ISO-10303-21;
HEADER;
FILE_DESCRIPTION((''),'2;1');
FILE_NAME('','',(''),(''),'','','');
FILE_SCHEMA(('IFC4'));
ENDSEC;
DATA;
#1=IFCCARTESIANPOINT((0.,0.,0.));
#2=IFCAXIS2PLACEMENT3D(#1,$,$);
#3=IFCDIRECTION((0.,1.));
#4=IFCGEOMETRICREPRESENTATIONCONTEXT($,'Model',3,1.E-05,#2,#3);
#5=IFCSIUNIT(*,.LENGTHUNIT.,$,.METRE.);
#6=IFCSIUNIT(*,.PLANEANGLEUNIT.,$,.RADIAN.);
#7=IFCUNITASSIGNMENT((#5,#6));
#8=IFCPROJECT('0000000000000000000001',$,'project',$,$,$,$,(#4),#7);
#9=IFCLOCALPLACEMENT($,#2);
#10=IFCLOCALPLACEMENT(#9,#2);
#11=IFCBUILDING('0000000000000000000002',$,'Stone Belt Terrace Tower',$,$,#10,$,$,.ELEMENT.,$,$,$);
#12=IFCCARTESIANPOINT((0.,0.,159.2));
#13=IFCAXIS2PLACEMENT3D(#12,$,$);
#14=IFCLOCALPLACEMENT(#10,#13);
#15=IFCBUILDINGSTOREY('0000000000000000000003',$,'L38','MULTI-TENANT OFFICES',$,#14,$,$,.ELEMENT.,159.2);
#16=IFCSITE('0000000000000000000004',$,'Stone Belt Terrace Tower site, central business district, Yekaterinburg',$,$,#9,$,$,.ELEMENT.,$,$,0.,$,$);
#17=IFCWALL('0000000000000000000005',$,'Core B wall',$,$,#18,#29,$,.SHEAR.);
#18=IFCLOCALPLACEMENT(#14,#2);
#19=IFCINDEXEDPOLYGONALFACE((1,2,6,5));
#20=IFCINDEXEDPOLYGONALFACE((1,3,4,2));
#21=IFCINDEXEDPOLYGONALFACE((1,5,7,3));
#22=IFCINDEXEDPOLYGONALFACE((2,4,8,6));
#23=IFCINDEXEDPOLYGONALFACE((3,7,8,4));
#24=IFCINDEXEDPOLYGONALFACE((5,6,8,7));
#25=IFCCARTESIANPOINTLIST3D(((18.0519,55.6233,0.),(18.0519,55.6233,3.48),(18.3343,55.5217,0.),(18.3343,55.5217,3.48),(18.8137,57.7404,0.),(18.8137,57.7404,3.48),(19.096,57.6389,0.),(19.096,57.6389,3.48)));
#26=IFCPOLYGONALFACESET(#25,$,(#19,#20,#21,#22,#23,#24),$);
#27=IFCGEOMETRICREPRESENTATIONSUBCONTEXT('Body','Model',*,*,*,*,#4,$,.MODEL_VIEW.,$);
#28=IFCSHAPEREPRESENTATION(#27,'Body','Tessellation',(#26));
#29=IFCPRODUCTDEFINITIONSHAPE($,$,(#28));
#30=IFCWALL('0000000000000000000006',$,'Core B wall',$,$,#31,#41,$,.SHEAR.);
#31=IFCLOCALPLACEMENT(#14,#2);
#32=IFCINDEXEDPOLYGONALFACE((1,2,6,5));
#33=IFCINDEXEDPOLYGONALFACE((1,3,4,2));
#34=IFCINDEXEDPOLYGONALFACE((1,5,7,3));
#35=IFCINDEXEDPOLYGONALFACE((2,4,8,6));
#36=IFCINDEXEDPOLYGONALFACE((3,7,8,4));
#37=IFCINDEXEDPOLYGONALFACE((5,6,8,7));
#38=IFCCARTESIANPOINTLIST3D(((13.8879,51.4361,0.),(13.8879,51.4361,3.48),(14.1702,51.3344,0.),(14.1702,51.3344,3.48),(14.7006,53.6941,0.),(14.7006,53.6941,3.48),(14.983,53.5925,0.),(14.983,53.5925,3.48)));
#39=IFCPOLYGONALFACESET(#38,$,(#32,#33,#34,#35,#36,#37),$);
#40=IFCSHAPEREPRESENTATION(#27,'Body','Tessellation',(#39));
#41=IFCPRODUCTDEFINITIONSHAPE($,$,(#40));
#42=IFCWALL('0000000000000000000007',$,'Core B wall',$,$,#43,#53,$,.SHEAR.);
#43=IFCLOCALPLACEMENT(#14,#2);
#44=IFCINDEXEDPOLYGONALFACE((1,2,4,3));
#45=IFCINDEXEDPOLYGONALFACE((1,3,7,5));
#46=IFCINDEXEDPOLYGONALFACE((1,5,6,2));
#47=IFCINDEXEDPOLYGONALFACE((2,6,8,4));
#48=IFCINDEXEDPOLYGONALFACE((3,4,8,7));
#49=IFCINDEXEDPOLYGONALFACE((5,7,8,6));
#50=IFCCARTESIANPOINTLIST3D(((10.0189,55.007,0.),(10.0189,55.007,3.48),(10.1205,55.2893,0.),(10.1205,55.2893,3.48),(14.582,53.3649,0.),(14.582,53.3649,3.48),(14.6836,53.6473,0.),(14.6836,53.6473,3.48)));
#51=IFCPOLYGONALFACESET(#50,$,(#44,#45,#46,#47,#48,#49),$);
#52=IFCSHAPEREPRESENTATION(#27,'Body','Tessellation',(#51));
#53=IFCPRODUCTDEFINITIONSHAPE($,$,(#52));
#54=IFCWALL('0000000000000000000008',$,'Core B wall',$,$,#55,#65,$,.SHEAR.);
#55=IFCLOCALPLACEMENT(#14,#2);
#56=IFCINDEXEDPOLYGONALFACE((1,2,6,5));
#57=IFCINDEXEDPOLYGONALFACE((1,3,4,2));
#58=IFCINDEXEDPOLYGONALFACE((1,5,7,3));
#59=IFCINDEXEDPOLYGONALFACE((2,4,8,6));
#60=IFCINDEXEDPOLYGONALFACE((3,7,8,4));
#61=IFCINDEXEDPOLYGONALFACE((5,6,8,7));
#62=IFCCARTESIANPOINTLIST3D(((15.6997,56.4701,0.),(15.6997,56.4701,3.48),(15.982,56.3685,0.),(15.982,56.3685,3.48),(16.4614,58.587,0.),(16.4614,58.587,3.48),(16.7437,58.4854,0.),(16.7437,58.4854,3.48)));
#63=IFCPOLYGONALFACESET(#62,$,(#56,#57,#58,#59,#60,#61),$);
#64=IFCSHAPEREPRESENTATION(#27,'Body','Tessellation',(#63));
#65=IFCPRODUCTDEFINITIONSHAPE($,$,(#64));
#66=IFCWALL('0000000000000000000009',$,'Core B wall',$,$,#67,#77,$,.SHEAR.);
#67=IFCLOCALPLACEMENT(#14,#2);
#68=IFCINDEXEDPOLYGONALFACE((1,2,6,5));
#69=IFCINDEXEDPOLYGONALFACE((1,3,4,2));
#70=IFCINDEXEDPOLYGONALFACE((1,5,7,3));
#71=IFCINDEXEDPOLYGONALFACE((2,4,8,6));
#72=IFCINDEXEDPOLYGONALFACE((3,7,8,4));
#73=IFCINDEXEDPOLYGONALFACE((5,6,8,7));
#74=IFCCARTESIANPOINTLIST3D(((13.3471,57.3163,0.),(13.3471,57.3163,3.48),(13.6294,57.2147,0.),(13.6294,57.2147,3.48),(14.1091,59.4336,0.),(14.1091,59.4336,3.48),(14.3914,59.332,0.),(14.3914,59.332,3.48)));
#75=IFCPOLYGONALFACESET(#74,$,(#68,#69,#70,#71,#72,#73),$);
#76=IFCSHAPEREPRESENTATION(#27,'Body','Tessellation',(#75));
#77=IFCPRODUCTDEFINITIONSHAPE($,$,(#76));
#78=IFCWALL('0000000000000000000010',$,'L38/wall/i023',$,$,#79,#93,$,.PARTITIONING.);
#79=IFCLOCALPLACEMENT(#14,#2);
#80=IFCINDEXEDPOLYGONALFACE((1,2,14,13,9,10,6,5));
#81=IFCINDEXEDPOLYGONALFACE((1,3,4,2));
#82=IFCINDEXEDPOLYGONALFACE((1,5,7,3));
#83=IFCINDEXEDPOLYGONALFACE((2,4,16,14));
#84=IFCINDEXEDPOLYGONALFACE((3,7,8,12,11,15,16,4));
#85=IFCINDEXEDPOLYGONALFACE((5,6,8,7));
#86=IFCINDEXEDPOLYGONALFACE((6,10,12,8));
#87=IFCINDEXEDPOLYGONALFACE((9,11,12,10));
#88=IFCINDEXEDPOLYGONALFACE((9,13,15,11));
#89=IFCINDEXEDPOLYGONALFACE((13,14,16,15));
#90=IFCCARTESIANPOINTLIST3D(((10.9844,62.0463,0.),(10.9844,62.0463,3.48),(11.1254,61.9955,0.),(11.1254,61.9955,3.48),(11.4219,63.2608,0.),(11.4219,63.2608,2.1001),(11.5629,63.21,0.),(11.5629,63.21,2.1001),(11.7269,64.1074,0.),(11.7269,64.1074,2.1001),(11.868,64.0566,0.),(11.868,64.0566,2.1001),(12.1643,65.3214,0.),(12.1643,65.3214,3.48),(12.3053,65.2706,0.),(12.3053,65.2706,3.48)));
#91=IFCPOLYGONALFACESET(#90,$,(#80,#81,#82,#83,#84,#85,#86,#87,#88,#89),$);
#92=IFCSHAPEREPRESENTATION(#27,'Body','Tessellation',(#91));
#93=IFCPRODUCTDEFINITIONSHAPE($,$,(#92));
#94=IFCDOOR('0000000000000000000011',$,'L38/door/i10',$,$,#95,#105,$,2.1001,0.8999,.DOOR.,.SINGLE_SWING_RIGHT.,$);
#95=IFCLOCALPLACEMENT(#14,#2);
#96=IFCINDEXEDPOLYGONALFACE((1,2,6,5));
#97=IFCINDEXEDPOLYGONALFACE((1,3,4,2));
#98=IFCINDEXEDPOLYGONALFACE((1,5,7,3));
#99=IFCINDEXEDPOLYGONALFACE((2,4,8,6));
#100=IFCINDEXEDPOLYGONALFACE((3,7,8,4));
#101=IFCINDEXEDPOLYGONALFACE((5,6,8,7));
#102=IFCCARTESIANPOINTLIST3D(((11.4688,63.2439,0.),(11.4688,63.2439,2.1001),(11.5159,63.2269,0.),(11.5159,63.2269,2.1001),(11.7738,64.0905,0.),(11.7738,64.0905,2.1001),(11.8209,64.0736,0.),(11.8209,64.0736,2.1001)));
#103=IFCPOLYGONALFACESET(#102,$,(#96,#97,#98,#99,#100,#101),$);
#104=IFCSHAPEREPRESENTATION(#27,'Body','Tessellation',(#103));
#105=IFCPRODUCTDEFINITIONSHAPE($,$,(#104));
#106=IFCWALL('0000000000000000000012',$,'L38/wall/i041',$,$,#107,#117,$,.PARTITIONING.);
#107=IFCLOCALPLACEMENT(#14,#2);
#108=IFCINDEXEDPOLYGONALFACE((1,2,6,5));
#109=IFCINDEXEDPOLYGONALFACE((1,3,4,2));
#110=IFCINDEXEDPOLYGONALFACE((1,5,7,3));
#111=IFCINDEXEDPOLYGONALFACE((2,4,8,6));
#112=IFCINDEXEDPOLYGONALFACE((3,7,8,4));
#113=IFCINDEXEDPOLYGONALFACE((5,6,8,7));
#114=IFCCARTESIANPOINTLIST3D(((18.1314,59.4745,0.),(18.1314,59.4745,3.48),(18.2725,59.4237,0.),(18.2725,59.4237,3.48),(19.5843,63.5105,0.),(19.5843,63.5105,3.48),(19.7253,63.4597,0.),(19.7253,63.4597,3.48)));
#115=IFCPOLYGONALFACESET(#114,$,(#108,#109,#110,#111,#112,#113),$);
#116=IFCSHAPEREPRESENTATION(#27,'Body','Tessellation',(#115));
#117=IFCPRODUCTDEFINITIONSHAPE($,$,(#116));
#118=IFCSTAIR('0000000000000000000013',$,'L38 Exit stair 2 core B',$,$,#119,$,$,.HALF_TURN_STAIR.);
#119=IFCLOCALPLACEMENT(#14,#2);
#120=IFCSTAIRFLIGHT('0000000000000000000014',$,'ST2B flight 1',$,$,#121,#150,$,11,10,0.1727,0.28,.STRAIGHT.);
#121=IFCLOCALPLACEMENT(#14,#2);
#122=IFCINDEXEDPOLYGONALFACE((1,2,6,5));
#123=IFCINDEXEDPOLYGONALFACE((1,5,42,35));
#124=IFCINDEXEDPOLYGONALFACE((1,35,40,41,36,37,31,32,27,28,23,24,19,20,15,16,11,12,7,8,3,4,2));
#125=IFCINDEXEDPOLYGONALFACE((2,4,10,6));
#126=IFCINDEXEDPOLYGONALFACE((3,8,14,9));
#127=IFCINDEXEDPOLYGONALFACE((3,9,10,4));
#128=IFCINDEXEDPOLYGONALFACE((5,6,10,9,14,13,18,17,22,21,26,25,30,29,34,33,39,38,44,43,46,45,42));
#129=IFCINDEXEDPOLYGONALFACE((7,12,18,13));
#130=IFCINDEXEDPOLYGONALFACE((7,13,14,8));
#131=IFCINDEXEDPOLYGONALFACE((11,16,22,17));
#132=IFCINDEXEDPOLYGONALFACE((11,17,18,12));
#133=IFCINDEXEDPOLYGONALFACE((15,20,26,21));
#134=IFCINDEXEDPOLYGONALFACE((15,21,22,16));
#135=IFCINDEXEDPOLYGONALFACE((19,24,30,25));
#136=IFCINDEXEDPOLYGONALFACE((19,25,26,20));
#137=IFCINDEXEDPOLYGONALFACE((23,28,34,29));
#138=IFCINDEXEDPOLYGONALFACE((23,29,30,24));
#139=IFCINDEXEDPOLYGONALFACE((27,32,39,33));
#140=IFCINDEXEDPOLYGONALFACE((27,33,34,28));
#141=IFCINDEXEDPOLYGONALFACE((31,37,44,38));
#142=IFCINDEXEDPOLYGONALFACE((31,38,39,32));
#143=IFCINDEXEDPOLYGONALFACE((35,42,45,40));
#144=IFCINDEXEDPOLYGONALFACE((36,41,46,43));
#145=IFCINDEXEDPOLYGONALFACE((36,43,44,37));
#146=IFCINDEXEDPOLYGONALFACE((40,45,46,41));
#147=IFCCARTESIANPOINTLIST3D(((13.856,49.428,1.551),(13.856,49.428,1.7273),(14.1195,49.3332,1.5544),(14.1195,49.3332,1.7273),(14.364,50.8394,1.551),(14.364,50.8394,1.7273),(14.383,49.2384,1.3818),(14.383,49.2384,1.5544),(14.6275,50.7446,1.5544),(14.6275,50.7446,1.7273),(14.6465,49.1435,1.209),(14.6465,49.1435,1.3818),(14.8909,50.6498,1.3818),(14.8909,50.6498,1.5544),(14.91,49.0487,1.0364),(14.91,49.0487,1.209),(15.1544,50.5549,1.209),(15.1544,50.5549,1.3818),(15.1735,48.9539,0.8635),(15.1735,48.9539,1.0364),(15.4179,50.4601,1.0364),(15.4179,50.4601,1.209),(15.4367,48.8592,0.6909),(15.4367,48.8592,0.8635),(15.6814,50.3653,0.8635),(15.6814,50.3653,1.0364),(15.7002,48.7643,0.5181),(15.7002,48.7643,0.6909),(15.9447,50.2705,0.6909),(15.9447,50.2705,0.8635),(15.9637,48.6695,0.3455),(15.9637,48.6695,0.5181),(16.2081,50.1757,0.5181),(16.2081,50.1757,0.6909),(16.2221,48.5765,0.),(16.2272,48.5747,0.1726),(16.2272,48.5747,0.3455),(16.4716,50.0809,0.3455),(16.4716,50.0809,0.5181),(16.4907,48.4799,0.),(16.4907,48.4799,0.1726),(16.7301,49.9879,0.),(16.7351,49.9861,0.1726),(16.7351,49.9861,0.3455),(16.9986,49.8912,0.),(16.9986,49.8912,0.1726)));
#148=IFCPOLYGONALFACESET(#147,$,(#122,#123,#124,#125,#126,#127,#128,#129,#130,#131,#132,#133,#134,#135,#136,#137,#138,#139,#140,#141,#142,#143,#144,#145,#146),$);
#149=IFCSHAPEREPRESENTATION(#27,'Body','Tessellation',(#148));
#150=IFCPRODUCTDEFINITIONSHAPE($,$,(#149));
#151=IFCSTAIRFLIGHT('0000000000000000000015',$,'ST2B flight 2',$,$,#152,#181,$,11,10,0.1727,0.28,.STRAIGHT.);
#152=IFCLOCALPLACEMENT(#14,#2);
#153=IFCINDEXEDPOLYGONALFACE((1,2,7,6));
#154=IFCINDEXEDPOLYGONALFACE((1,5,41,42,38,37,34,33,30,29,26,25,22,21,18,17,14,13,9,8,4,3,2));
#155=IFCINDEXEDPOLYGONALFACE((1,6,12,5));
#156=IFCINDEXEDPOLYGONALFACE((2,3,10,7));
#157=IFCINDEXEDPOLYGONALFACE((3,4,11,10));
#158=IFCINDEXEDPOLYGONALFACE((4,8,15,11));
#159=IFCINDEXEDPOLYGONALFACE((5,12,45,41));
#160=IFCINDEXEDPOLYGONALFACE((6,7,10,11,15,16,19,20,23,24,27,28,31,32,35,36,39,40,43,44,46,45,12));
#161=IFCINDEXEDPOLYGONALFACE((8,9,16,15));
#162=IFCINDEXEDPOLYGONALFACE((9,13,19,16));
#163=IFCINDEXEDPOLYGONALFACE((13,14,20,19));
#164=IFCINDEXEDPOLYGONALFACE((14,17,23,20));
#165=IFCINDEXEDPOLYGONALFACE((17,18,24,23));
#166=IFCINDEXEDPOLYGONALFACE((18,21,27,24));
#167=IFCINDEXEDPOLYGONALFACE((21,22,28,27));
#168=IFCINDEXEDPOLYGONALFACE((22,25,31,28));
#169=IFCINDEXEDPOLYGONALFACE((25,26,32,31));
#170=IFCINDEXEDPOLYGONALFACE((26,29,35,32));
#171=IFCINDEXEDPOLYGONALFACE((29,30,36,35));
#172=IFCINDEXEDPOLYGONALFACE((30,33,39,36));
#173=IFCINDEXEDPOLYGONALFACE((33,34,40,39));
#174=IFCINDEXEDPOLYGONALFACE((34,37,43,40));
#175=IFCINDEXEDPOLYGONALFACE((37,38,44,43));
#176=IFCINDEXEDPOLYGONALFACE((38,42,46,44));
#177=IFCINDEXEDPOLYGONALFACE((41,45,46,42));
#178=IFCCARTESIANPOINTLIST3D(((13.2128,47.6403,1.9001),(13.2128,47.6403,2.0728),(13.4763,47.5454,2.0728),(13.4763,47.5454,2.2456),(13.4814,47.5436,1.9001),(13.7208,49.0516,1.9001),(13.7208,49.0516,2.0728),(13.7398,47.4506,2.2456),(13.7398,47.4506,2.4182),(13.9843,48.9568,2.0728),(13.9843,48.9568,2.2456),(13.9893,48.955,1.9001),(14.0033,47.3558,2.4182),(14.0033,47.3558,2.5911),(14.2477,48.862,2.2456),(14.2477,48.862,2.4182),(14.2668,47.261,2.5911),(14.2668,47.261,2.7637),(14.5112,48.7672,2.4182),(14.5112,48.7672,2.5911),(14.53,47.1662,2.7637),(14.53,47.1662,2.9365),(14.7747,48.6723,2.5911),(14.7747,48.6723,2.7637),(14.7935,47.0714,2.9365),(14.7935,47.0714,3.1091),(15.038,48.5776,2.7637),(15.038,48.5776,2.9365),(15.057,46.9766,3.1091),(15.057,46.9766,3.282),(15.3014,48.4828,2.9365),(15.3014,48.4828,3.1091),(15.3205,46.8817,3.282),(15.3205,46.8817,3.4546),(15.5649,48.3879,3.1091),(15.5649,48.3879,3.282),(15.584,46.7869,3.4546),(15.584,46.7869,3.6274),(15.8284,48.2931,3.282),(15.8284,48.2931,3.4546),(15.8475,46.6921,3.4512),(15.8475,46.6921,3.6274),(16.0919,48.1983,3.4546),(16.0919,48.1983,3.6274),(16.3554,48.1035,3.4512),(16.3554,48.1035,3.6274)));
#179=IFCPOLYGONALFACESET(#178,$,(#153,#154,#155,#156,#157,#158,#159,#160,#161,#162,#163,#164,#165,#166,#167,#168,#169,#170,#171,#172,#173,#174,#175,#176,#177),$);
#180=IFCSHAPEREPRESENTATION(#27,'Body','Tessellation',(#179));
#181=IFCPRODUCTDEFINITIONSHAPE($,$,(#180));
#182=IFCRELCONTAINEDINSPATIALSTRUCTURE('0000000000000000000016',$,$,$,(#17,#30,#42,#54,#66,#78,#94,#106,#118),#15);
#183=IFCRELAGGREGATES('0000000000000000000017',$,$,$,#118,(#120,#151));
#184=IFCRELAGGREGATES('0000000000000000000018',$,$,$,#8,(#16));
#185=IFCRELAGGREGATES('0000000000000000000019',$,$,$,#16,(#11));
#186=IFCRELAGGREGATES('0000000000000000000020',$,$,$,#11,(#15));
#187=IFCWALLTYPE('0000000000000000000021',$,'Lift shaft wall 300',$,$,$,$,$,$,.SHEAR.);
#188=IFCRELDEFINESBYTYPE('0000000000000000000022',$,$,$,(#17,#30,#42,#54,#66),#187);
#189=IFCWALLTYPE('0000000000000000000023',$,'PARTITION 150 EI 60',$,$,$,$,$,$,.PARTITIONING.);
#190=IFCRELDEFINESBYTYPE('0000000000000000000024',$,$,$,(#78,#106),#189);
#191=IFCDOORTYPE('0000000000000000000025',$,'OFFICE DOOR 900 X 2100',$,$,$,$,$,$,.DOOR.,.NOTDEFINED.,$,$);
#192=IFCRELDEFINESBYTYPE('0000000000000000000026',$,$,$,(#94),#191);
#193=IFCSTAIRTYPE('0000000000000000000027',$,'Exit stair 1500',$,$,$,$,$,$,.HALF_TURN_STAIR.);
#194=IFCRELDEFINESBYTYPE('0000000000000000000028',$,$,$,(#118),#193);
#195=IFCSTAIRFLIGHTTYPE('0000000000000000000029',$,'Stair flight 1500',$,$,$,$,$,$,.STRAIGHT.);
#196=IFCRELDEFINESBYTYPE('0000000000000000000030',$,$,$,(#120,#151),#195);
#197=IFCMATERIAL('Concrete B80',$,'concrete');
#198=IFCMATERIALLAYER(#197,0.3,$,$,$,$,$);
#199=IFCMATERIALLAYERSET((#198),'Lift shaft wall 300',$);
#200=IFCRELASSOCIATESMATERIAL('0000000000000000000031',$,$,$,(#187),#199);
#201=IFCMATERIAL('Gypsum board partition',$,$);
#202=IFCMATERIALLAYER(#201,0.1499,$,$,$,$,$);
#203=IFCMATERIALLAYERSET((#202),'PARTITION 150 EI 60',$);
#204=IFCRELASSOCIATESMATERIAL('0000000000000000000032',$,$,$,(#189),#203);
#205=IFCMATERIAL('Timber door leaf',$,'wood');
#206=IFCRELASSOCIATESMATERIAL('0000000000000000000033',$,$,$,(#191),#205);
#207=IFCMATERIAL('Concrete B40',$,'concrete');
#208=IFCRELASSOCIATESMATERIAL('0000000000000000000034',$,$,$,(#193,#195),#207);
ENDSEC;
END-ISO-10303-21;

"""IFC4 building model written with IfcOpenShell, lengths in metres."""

from ifc_helpers import new_model, si_unit, direction, frame, frame_2d, origin, place, context, subcontext, project, spatial, polyline, rectangle, outline, extrude, material, layer, layer_set, type_object, element, fill, aggregate, save


model = new_model("IFC4")

# Units and contexts
model_context = context("Model", 3, precision=1e-05, world=origin(), true_north=direction((0.0, 1.0)))
body_context = subcontext(model_context, "Body", "Model", "MODEL_VIEW")
ifc_project = project(units=[si_unit("LENGTHUNIT", "METRE"), si_unit("PLANEANGLEUNIT", "RADIAN")], contexts=[model_context])

# Site, building, storey
site_placement = place(None, origin())
site = spatial("IfcSite", under=ifc_project, at=site_placement, Name="Stone Belt Terrace Tower site, central business district, Yekaterinburg", CompositionType="ELEMENT", RefElevation=0.0)
building_placement = place(site_placement, origin())
building = spatial("IfcBuilding", under=site, at=building_placement, Name="Stone Belt Terrace Tower", CompositionType="ELEMENT")
storey_placement = place(building_placement, frame((0.0, 0.0, 159.2)))
storey = spatial("IfcBuildingStorey", under=building, at=storey_placement, Name="L38", Description="MULTI-TENANT OFFICES", CompositionType="ELEMENT", Elevation=159.2)

# Shared definitions
ifc_material_1 = material(Name="Concrete B80", Category="concrete")

# Shared definitions
ifc_material_2 = material(Name="Timber door leaf", Category="wood")

# Walls
ifc_layer_1 = layer(ifc_material_1, 0.3)
ifc_layer_set_1 = layer_set([ifc_layer_1], Name="Lift shaft wall 300")
wall_type_1 = type_object("IfcWallType", Name="Lift shaft wall 300", PredefinedType="SHEAR", material=ifc_layer_set_1)
wall_1_placement = place(storey_placement, frame((18.1931, 55.5725, 0.0), z_axis=(0.0, 0.0, 1.0), x_axis=(0.338535, 0.940954, 0.0)))
element("IfcWall", 1, at=wall_1_placement, inside=storey, type_object=wall_type_1, Name="Core B wall", PredefinedType="SHEAR", context=body_context, shape_type="SweptSolid", body=[
    extrude(rectangle(XDim=2.25, YDim=0.3, at=frame_2d((1.125, 0.0))), origin(), (0.0, 0.0, 1.0), 3.48),
])
wall_2_placement = place(storey_placement, frame((14.0291, 51.3853, 0.0), z_axis=(0.0, 0.0, 1.0), x_axis=(0.338662, 0.940908, 0.0)))
element("IfcWall", 2, at=wall_2_placement, inside=storey, type_object=wall_type_1, Name="Core B wall", PredefinedType="SHEAR", context=body_context, shape_type="SweptSolid", body=[
    extrude(rectangle(XDim=2.3999, YDim=0.3, at=frame_2d((1.2, 0.0))), origin(), (0.0, 0.0, 1.0), 3.48),
])
wall_3_placement = place(storey_placement, frame((14.6328, 53.5061, 0.0), z_axis=(0.0, 0.0, 1.0), x_axis=(-0.940932, 0.338596, 0.0)))
element("IfcWall", 3, at=wall_3_placement, inside=storey, type_object=wall_type_1, Name="Core B wall", PredefinedType="SHEAR", context=body_context, shape_type="SweptSolid", body=[
    extrude(rectangle(XDim=4.8496, YDim=0.3, at=frame_2d((2.4248, 0.0))), origin(), (0.0, 0.0, 1.0), 3.48),
])
wall_4_placement = place(storey_placement, frame((15.8408, 56.4192, 0.0), z_axis=(0.0, 0.0, 1.0), x_axis=(0.33857, 0.940941, 0.0)))
element("IfcWall", 4, at=wall_4_placement, inside=storey, type_object=wall_type_1, Name="Core B wall", PredefinedType="SHEAR", context=body_context, shape_type="SweptSolid", body=[
    extrude(rectangle(XDim=2.2498, YDim=0.3, at=frame_2d((1.125, 0.0))), origin(), (0.0, 0.0, 1.0), 3.48),
])
wall_5_placement = place(storey_placement, frame((13.4883, 57.2656, 0.0), z_axis=(0.0, 0.0, 1.0), x_axis=(0.338631, 0.940919, 0.0)))
element("IfcWall", 5, at=wall_5_placement, inside=storey, type_object=wall_type_1, Name="Core B wall", PredefinedType="SHEAR", context=body_context, shape_type="SweptSolid", body=[
    extrude(rectangle(XDim=2.2502, YDim=0.3, at=frame_2d((1.125, 0.0))), origin(), (0.0, 0.0, 1.0), 3.48),
])

# Wall, opening, door
ifc_material_3 = material(Name="Gypsum board partition")
ifc_layer_2 = layer(ifc_material_3, 0.1499)
ifc_layer_set_2 = layer_set([ifc_layer_2], Name="PARTITION 150 EI 60")
wall_type_2 = type_object("IfcWallType", Name="PARTITION 150 EI 60", PredefinedType="PARTITIONING", material=ifc_layer_set_2)
wall_6_placement = place(storey_placement, frame((12.2349, 65.2961, 0.0), z_axis=(0.0, 0.0, 1.0), x_axis=(-0.338943, -0.940807, 0.0)))
wall_6 = element("IfcWall", 6, at=wall_6_placement, inside=storey, type_object=wall_type_2, Name="L38/wall/i023", PredefinedType="PARTITIONING", context=body_context, shape_type="SweptSolid", body=[
    extrude(rectangle(XDim=3.4812, YDim=0.1499, at=frame_2d((1.7407, 0.0))), origin(), (0.0, 0.0, 1.0), 3.48),
])
opening_1_placement = place(wall_6_placement, frame((1.2905, 0.0, 0.0)))
opening_1 = element("IfcOpeningElement", 7, at=opening_1_placement, cuts=wall_6, PredefinedType="OPENING", context=body_context, shape_type="SweptSolid", body=[
    extrude(rectangle(XDim=0.8999, YDim=2.1001, at=frame_2d((0.45, 1.05))), frame((0.0, 0.085, 0.0), z_axis=(0.0, -1.0, 0.0), x_axis=(1.0, 0.0, 0.0)), (0.0, 0.0, 1.0), 0.1699),
])
door_type_1 = type_object("IfcDoorType", Name="OFFICE DOOR 900 X 2100", OperationType="NOTDEFINED", PredefinedType="DOOR", material=ifc_material_2)
door_1_placement = place(opening_1_placement, origin())
door_1 = element("IfcDoor", 8, at=door_1_placement, inside=storey, type_object=door_type_1, Name="L38/door/i10", OperationType="SINGLE_SWING_RIGHT", OverallHeight=2.1001, OverallWidth=0.8999, PredefinedType="DOOR", context=body_context, shape_type="SweptSolid", body=[
    extrude(rectangle(XDim=0.8999, YDim=2.1001, at=frame_2d((0.45, 1.05))), frame((0.0, 0.0249, 0.0), z_axis=(0.0, -1.0, 0.0), x_axis=(1.0, 0.0, 0.0)), (0.0, 0.0, 1.0), 0.05),
])
fill(opening_1, door_1)

# Wall
wall_7_placement = place(storey_placement, frame((19.6548, 63.4851, 0.0), z_axis=(0.0, 0.0, 1.0), x_axis=(-0.338693, -0.940897, 0.0)))
element("IfcWall", 9, at=wall_7_placement, inside=storey, type_object=wall_type_2, Name="L38/wall/i041", PredefinedType="PARTITIONING", context=body_context, shape_type="SweptSolid", body=[
    extrude(rectangle(XDim=4.2896, YDim=0.1499, at=frame_2d((2.1448, 0.0))), origin(), (0.0, 0.0, 1.0), 3.48),
])

# Stair, stair flights
ifc_material_4 = material(Name="Concrete B40", Category="concrete")
stair_type = type_object("IfcStairType", Name="Exit stair 1500", PredefinedType="HALF_TURN_STAIR", material=ifc_material_4)
stair_placement = place(storey_placement, origin())
stair = element("IfcStair", 10, at=stair_placement, inside=storey, type_object=stair_type, Name="L38 Exit stair 2 core B", PredefinedType="HALF_TURN_STAIR")
stair_flight_type = type_object("IfcStairFlightType", Name="Stair flight 1500", PredefinedType="STRAIGHT", material=ifc_material_4)
stair_flight_1_placement = place(storey_placement, frame((16.7446, 49.1855, 0.0), z_axis=(0.0, 0.0, 1.0), x_axis=(-0.940922, 0.338624, 0.0)))
stair_flight_1 = element("IfcStairFlight", 11, at=stair_flight_1_placement, type_object=stair_flight_type, Name="ST2B flight 1", NumberOfRisers=11, NumberOfTreads=10, PredefinedType="STRAIGHT", RiserHeight=0.1727, TreadLength=0.28, context=body_context, shape_type="SweptSolid", body=[
    extrude(outline(polyline([(0.0, 0.0), (0.0, 0.1726), (0.28, 0.1726), (0.28, 0.3455), (0.5601, 0.3455), (0.5601, 0.5181), (0.8401, 0.5181), (0.8401, 0.6909), (1.1201, 0.6909), (1.1201, 0.8635), (1.3999, 0.8635), (1.3999, 1.0364), (1.6799, 1.0364), (1.6799, 1.209), (1.96, 1.209), (1.96, 1.3818), (2.24, 1.3818), (2.24, 1.5544), (2.52, 1.5544), (2.52, 1.7273), (2.8, 1.7273), (2.8, 1.8999), (2.8, 1.551), (0.2854, 0.0), (0.0, 0.0)])), frame((0.0, 0.75, 0.0), z_axis=(0.0, -1.0, 0.0), x_axis=(1.0, 0.0, 0.0)), (0.0, 0.0, 1.0), 1.5),
])
stair_flight_2_placement = place(storey_placement, frame((13.4668, 48.3459, 1.9001), z_axis=(0.0, 0.0, 1.0), x_axis=(0.940922, -0.338624, 0.0)))
stair_flight_2 = element("IfcStairFlight", 12, at=stair_flight_2_placement, type_object=stair_flight_type, Name="ST2B flight 2", NumberOfRisers=11, NumberOfTreads=10, PredefinedType="STRAIGHT", RiserHeight=0.1727, TreadLength=0.28, context=body_context, shape_type="SweptSolid", body=[
    extrude(outline(polyline([(0.0, 0.0), (0.0, 0.1726), (0.28, 0.1726), (0.28, 0.3455), (0.5601, 0.3455), (0.5601, 0.5181), (0.8401, 0.5181), (0.8401, 0.6909), (1.1201, 0.6909), (1.1201, 0.8635), (1.3999, 0.8635), (1.3999, 1.0364), (1.6799, 1.0364), (1.6799, 1.209), (1.96, 1.209), (1.96, 1.3818), (2.24, 1.3818), (2.24, 1.5544), (2.52, 1.5544), (2.52, 1.7273), (2.8, 1.7273), (2.8, 1.8999), (2.8, 1.551), (0.2854, 0.0), (0.0, 0.0)])), frame((0.0, 0.75, 0.0), z_axis=(0.0, -1.0, 0.0), x_axis=(1.0, 0.0, 0.0)), (0.0, 0.0, 1.0), 1.5),
])
aggregate(stair, [stair_flight_1, stair_flight_2])

save(model, "model.ifc")
